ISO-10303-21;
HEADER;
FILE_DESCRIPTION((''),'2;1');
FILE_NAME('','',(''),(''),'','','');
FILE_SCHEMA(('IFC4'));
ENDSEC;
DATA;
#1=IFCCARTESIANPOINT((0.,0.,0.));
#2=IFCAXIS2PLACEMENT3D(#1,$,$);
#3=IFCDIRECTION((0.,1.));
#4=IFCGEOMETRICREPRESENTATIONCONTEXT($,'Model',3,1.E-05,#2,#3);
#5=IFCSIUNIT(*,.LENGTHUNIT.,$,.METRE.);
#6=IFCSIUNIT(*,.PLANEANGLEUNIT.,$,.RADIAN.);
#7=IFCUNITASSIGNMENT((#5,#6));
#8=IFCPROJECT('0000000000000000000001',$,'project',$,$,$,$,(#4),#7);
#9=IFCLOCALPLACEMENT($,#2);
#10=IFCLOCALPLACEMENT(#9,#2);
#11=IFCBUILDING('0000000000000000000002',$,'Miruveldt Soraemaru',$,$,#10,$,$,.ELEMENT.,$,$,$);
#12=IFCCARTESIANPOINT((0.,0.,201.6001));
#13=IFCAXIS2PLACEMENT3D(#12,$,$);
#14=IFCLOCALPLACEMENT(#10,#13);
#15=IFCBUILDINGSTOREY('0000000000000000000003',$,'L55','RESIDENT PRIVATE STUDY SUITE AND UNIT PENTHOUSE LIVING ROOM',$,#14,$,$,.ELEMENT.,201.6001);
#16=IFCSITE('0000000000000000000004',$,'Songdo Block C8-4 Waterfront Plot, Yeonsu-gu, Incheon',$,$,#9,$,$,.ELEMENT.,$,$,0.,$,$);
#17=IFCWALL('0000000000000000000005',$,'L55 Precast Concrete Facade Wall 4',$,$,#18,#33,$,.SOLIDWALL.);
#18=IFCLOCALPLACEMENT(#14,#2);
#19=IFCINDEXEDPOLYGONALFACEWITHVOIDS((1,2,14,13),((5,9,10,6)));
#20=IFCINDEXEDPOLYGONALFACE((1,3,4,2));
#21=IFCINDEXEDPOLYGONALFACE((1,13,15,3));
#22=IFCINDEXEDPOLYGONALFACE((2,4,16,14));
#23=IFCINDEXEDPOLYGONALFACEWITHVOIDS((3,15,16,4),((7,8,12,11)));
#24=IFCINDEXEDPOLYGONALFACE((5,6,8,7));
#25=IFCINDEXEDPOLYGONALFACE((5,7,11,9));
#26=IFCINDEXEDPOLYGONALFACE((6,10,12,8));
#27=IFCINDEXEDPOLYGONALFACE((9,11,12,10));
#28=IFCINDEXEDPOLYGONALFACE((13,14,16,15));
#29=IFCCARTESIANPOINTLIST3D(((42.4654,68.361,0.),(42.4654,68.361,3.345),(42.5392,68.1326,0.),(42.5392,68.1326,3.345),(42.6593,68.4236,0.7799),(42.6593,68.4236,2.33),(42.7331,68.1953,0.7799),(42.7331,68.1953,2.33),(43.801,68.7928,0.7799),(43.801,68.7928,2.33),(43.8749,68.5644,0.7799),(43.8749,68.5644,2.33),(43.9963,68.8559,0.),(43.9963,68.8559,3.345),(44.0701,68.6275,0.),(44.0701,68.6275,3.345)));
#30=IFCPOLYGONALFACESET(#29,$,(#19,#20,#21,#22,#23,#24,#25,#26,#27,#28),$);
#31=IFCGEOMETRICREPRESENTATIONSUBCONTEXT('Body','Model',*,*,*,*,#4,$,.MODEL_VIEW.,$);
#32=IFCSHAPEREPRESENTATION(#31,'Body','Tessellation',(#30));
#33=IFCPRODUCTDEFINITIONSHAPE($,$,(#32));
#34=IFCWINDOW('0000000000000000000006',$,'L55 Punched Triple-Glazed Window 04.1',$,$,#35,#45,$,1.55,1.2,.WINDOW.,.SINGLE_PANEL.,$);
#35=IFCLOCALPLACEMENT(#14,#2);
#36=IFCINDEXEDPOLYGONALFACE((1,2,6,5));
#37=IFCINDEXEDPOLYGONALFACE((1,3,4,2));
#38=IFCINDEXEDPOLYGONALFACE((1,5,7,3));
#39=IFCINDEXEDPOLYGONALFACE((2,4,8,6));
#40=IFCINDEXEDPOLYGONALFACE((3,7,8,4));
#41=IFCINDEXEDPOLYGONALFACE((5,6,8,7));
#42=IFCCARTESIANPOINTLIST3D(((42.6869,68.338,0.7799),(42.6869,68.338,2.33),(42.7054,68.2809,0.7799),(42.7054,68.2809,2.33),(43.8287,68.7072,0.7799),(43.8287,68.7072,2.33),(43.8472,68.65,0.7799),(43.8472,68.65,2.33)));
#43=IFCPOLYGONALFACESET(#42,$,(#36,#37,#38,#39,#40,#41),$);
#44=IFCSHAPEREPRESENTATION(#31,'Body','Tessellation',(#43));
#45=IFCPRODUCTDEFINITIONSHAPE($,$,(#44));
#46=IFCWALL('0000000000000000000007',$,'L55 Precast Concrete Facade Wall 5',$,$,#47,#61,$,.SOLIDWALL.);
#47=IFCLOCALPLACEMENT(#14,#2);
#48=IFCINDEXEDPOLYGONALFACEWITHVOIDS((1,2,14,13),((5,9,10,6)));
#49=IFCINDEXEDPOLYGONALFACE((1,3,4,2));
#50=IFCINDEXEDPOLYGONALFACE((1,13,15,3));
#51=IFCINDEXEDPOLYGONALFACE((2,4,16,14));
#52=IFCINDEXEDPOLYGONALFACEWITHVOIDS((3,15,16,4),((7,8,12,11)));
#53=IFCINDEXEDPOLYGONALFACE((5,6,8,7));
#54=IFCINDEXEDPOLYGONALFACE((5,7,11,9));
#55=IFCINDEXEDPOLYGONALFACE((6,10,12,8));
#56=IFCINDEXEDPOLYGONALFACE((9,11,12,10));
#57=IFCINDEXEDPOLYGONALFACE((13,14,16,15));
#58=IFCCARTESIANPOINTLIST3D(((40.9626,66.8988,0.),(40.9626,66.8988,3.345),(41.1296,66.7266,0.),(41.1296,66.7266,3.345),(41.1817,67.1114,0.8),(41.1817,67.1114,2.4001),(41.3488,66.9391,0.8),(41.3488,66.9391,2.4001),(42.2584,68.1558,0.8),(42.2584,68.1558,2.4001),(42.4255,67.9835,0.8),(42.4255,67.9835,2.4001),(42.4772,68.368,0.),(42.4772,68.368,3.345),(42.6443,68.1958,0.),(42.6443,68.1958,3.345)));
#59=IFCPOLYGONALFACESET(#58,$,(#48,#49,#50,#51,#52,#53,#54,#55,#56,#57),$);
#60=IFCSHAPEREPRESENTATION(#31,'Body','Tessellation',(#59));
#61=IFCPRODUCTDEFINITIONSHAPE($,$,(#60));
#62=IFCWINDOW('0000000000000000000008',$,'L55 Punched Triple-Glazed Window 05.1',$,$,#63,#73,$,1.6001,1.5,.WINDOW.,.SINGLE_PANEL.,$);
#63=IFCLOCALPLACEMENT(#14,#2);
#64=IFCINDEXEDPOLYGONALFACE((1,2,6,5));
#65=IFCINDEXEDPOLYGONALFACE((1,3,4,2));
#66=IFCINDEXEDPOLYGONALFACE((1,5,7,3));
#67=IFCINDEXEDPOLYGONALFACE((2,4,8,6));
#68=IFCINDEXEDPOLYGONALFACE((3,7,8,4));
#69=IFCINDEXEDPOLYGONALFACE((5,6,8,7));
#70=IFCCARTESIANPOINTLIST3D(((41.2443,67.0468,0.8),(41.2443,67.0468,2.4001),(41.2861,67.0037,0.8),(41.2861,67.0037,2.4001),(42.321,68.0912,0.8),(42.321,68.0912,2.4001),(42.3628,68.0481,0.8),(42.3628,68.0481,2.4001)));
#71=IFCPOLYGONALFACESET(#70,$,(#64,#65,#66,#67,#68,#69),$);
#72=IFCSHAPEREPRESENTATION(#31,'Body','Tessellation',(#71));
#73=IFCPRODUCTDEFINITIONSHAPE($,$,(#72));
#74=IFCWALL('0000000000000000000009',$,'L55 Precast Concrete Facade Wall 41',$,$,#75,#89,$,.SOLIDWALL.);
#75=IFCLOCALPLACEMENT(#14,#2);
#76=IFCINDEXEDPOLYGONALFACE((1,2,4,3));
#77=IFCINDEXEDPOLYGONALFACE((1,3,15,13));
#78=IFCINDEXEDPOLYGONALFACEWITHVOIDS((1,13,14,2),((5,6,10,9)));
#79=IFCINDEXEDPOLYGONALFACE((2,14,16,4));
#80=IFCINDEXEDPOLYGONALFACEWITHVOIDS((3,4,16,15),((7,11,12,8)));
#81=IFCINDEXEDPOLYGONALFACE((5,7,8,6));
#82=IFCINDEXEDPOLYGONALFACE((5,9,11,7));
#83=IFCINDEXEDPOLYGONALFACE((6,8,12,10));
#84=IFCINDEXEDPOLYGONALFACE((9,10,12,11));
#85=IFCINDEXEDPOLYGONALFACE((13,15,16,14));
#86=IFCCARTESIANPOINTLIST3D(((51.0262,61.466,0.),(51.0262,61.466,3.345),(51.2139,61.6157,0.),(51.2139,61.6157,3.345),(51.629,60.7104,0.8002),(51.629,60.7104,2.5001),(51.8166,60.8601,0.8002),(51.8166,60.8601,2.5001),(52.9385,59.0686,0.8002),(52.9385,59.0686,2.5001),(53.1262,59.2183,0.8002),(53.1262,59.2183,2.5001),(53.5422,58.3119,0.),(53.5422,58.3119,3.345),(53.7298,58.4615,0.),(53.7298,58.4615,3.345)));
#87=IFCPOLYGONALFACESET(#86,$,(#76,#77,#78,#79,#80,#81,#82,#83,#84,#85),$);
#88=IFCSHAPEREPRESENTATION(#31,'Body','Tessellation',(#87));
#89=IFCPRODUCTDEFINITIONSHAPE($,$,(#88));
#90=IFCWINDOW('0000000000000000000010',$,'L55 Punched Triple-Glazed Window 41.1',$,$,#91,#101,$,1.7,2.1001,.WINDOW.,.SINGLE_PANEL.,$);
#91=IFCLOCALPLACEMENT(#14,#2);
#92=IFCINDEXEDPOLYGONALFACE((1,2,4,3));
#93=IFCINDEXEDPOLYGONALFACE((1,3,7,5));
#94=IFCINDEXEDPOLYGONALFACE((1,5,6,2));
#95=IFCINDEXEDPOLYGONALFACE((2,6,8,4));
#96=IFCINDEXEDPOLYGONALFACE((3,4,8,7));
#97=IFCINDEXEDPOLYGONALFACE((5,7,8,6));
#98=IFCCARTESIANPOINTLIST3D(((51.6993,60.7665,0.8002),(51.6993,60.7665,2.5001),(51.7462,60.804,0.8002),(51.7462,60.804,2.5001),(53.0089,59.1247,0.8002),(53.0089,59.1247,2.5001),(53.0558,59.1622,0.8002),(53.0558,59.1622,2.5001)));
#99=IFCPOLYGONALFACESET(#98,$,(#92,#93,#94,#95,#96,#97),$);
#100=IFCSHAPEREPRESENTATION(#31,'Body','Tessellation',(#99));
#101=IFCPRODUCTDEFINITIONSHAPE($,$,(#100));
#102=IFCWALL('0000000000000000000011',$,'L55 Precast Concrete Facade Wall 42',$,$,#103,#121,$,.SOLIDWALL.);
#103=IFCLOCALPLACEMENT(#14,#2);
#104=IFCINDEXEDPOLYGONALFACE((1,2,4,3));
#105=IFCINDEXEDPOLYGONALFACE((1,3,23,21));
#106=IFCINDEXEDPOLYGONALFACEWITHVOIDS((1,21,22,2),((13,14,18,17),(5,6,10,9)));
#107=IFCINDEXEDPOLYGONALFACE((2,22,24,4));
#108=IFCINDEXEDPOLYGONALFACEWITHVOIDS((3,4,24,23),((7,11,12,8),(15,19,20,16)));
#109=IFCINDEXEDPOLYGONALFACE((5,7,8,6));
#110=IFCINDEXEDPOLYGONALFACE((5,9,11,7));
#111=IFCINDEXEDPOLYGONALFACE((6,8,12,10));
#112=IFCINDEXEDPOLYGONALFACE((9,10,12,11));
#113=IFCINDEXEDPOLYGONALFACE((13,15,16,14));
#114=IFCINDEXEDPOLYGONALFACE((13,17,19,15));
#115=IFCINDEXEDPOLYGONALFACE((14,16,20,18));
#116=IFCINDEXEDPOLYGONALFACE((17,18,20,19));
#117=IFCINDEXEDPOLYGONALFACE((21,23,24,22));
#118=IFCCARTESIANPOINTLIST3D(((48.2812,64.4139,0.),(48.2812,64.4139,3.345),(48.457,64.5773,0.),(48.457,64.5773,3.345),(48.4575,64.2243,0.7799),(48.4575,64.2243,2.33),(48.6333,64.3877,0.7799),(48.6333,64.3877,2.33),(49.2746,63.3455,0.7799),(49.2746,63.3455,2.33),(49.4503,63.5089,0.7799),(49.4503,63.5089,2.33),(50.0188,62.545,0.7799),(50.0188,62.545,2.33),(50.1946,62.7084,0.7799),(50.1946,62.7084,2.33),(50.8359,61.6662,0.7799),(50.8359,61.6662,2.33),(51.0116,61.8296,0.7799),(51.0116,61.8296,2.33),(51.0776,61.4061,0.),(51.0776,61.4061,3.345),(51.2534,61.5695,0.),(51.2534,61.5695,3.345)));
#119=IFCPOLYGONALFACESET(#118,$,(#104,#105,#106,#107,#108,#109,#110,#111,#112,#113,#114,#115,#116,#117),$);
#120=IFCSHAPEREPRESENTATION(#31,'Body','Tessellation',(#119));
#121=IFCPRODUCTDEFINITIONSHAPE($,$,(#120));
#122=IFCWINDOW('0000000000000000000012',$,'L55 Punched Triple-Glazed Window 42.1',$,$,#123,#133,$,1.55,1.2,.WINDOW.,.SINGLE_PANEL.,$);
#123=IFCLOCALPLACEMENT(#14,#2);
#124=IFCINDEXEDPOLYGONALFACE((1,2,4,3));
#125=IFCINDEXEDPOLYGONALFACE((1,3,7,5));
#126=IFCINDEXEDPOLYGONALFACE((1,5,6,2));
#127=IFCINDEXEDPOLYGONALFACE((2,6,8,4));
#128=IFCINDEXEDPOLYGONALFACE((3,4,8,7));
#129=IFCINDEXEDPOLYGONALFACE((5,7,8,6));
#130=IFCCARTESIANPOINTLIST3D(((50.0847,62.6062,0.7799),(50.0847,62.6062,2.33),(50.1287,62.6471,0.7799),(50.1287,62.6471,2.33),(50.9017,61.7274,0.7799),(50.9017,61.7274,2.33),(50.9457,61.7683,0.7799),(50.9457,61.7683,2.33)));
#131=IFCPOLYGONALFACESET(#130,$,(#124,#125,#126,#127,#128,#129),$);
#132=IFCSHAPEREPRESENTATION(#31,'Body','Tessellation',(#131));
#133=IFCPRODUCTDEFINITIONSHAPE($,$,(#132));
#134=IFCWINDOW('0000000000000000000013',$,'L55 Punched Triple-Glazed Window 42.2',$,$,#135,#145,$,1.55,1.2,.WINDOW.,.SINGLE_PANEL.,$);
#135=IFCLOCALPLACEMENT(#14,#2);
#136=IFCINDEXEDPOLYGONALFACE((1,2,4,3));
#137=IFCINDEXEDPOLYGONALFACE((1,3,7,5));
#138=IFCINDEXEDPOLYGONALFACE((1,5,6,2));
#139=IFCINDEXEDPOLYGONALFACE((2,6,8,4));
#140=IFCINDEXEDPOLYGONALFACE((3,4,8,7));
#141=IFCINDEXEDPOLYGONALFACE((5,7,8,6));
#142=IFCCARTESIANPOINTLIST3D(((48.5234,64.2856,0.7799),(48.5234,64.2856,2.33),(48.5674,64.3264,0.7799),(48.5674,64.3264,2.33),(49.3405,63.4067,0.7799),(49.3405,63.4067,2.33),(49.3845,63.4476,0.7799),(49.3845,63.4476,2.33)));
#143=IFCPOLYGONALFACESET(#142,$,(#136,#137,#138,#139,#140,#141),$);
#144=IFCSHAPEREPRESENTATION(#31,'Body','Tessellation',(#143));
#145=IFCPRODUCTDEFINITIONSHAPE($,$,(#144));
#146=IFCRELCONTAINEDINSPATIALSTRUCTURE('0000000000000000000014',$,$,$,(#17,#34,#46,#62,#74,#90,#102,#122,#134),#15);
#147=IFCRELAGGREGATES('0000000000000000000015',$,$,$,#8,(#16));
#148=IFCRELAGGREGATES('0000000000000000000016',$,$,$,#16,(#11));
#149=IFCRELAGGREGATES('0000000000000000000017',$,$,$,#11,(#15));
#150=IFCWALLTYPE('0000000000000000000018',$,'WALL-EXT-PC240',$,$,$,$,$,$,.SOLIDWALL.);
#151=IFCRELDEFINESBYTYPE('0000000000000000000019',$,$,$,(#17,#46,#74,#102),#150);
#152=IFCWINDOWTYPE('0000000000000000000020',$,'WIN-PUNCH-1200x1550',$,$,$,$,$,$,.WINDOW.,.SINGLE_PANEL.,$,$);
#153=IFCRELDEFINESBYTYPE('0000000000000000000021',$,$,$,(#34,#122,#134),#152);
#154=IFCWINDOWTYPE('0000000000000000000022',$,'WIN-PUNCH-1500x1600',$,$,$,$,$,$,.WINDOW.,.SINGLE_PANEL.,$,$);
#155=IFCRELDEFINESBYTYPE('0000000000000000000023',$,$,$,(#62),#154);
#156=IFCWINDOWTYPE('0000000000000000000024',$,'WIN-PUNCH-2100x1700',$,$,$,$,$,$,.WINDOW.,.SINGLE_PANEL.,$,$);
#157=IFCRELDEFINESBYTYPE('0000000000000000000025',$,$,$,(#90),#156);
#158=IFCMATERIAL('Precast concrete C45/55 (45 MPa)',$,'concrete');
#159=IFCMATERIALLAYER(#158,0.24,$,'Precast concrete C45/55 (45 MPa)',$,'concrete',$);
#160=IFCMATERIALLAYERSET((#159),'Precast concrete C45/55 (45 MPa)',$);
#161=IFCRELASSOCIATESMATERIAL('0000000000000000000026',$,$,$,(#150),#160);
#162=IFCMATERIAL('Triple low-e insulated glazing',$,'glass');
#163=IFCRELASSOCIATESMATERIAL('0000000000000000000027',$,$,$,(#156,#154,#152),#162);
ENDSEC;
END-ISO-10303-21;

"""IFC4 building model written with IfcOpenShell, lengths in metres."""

from ifc_helpers import new_model, si_unit, direction, frame, frame_2d, origin, place, context, subcontext, project, spatial, rectangle, extrude, material, layer, layer_set, type_object, element, fill, save


model = new_model("IFC4")

# Units and contexts
model_context = context("Model", 3, precision=1e-05, world=origin(), true_north=direction((0.0, 1.0)))
body_context = subcontext(model_context, "Body", "Model", "MODEL_VIEW")
ifc_project = project(units=[si_unit("LENGTHUNIT", "METRE"), si_unit("PLANEANGLEUNIT", "RADIAN")], contexts=[model_context])

# Site, building, storey
site_placement = place(None, origin())
site = spatial("IfcSite", under=ifc_project, at=site_placement, Name="Songdo Block C8-4 Waterfront Plot, Yeonsu-gu, Incheon", CompositionType="ELEMENT", RefElevation=0.0)
building_placement = place(site_placement, origin())
building = spatial("IfcBuilding", under=site, at=building_placement, Name="Miruveldt Soraemaru", CompositionType="ELEMENT")
storey_placement = place(building_placement, frame((0.0, 0.0, 201.6001)))
storey = spatial("IfcBuildingStorey", under=building, at=storey_placement, Name="L55", Description="RESIDENT PRIVATE STUDY SUITE AND UNIT PENTHOUSE LIVING ROOM", CompositionType="ELEMENT", Elevation=201.6001)

# Walls, openings, windows
ifc_material_1 = material(Name="Precast concrete C45/55 (45 MPa)", Category="concrete")
ifc_layer_1 = layer(ifc_material_1, 0.24, Name="Precast concrete C45/55 (45 MPa)", Category="concrete")
ifc_layer_set_1 = layer_set([ifc_layer_1], Name="Precast concrete C45/55 (45 MPa)")
wall_type_1 = type_object("IfcWallType", Name="WALL-EXT-PC240", PredefinedType="SOLIDWALL", material=ifc_layer_set_1)
ifc_material_2 = material(Name="Triple low-e insulated glazing", Category="glass")
window_type_1 = type_object("IfcWindowType", Name="WIN-PUNCH-2100x1700", PartitioningType="SINGLE_PANEL", PredefinedType="WINDOW", material=ifc_material_2)
window_type_2 = type_object("IfcWindowType", Name="WIN-PUNCH-1500x1600", PartitioningType="SINGLE_PANEL", PredefinedType="WINDOW", material=ifc_material_2)
window_type_3 = type_object("IfcWindowType", Name="WIN-PUNCH-1200x1550", PartitioningType="SINGLE_PANEL", PredefinedType="WINDOW", material=ifc_material_2)
wall_1_placement = place(storey_placement, frame((44.0332, 68.7417, 0.0), z_axis=(0.0, 0.0, 1.0), x_axis=(-0.951512, -0.30761, 0.0)))
wall_1 = element("IfcWall", 1, at=wall_1_placement, inside=storey, type_object=wall_type_1, Name="L55 Precast Concrete Facade Wall 4", PredefinedType="SOLIDWALL", context=body_context, shape_type="SweptSolid", body=[
    extrude(rectangle(XDim=1.6089, YDim=0.24, at=frame_2d((0.8044, 0.0))), origin(), (0.0, 0.0, 1.0), 3.345),
])
opening_1_placement = place(wall_1_placement, frame((0.2051, 0.0, 0.78)))
opening_1 = element("IfcOpeningElement", 2, at=opening_1_placement, cuts=wall_1, PredefinedType="OPENING", context=body_context, shape_type="SweptSolid", body=[
    extrude(rectangle(XDim=1.2, YDim=1.55, at=frame_2d((0.6001, 0.7749))), frame((0.0, 0.1299, 0.0), z_axis=(0.0, -1.0, 0.0), x_axis=(1.0, 0.0, 0.0)), (0.0, 0.0, 1.0), 0.26),
])
window_1_placement = place(opening_1_placement, origin())
window_1 = element("IfcWindow", 3, at=window_1_placement, inside=storey, type_object=window_type_3, Name="L55 Punched Triple-Glazed Window 04.1", OverallHeight=1.55, OverallWidth=1.2, PartitioningType="SINGLE_PANEL", PredefinedType="WINDOW", context=body_context, shape_type="SweptSolid", body=[
    extrude(rectangle(XDim=1.2, YDim=1.55, at=frame_2d((0.6001, 0.7749))), frame((0.0, 0.03, 0.0), z_axis=(0.0, -1.0, 0.0), x_axis=(1.0, 0.0, 0.0)), (0.0, 0.0, 1.0), 0.0601),
])
fill(opening_1, window_1)
wall_2_placement = place(storey_placement, frame((42.5608, 68.282, 0.0), z_axis=(0.0, 0.0, 1.0), x_axis=(-0.717785, -0.696265, 0.0)))
wall_2 = element("IfcWall", 4, at=wall_2_placement, inside=storey, type_object=wall_type_1, Name="L55 Precast Concrete Facade Wall 5", PredefinedType="SOLIDWALL", context=body_context, shape_type="SweptSolid", body=[
    extrude(rectangle(XDim=2.1101, YDim=0.24, at=frame_2d((1.0552, 0.0))), origin(), (0.0, 0.0, 1.0), 3.345),
])
opening_2_placement = place(wall_2_placement, frame((0.3049, 0.0, 0.8)))
opening_2 = element("IfcOpeningElement", 5, at=opening_2_placement, cuts=wall_2, PredefinedType="OPENING", context=body_context, shape_type="SweptSolid", body=[
    extrude(rectangle(XDim=1.5, YDim=1.6001, at=frame_2d((0.75, 0.8))), frame((0.0, 0.1299, 0.0), z_axis=(0.0, -1.0, 0.0), x_axis=(1.0, 0.0, 0.0)), (0.0, 0.0, 1.0), 0.26),
])
window_2_placement = place(opening_2_placement, origin())
window_2 = element("IfcWindow", 6, at=window_2_placement, inside=storey, type_object=window_type_2, Name="L55 Punched Triple-Glazed Window 05.1", OverallHeight=1.6001, OverallWidth=1.5, PartitioningType="SINGLE_PANEL", PredefinedType="WINDOW", context=body_context, shape_type="SweptSolid", body=[
    extrude(rectangle(XDim=1.5, YDim=1.6001, at=frame_2d((0.75, 0.8))), frame((0.0, 0.03, 0.0), z_axis=(0.0, -1.0, 0.0), x_axis=(1.0, 0.0, 0.0)), (0.0, 0.0, 1.0), 0.0601),
])
fill(opening_2, window_2)
wall_3_placement = place(storey_placement, frame((53.636, 58.3867, 0.0), z_axis=(0.0, 0.0, 1.0), x_axis=(-0.62358, 0.781759, 0.0)))
wall_3 = element("IfcWall", 7, at=wall_3_placement, inside=storey, type_object=wall_type_1, Name="L55 Precast Concrete Facade Wall 41", PredefinedType="SOLIDWALL", context=body_context, shape_type="SweptSolid", body=[
    extrude(rectangle(XDim=4.0347, YDim=0.24, at=frame_2d((2.0173, 0.0))), origin(), (0.0, 0.0, 1.0), 3.345),
])
opening_3_placement = place(wall_3_placement, frame((0.968, 0.0, 0.8)))
opening_3 = element("IfcOpeningElement", 8, at=opening_3_placement, cuts=wall_3, PredefinedType="OPENING", context=body_context, shape_type="SweptSolid", body=[
    extrude(rectangle(XDim=2.1001, YDim=1.7, at=frame_2d((1.05, 0.8501))), frame((0.0, 0.1299, 0.0), z_axis=(0.0, -1.0, 0.0), x_axis=(1.0, 0.0, 0.0)), (0.0, 0.0, 1.0), 0.26),
])
window_3_placement = place(opening_3_placement, origin())
window_3 = element("IfcWindow", 9, at=window_3_placement, inside=storey, type_object=window_type_1, Name="L55 Punched Triple-Glazed Window 41.1", OverallHeight=1.7, OverallWidth=2.1001, PartitioningType="SINGLE_PANEL", PredefinedType="WINDOW", context=body_context, shape_type="SweptSolid", body=[
    extrude(rectangle(XDim=2.1001, YDim=1.7, at=frame_2d((1.05, 0.8501))), frame((0.0, 0.03, 0.0), z_axis=(0.0, -1.0, 0.0), x_axis=(1.0, 0.0, 0.0)), (0.0, 0.0, 1.0), 0.0601),
])
fill(opening_3, window_3)

# Wall, openings, windows
wall_4_placement = place(storey_placement, frame((51.1655, 61.4878, 0.0), z_axis=(0.0, 0.0, 1.0), x_axis=(-0.680898, 0.732378, 0.0)))
wall_4 = element("IfcWall", 10, at=wall_4_placement, inside=storey, type_object=wall_type_1, Name="L55 Precast Concrete Facade Wall 42", PredefinedType="SOLIDWALL", context=body_context, shape_type="SweptSolid", body=[
    extrude(rectangle(XDim=4.1069, YDim=0.24, at=frame_2d((2.0535, 0.0))), origin(), (0.0, 0.0, 1.0), 3.345),
])
opening_4_placement = place(wall_4_placement, frame((0.355, 0.0, 0.78)))
opening_4 = element("IfcOpeningElement", 11, at=opening_4_placement, cuts=wall_4, PredefinedType="OPENING", context=body_context, shape_type="SweptSolid", body=[
    extrude(rectangle(XDim=1.2, YDim=1.55, at=frame_2d((0.6001, 0.7749))), frame((0.0, 0.1299, 0.0), z_axis=(0.0, -1.0, 0.0), x_axis=(1.0, 0.0, 0.0)), (0.0, 0.0, 1.0), 0.26),
])
opening_5_placement = place(wall_4_placement, frame((2.6479, 0.0, 0.78)))
opening_5 = element("IfcOpeningElement", 12, at=opening_5_placement, cuts=wall_4, PredefinedType="OPENING", context=body_context, shape_type="SweptSolid", body=[
    extrude(rectangle(XDim=1.2, YDim=1.55, at=frame_2d((0.6001, 0.7749))), frame((0.0, 0.1299, 0.0), z_axis=(0.0, -1.0, 0.0), x_axis=(1.0, 0.0, 0.0)), (0.0, 0.0, 1.0), 0.26),
])
window_4_placement = place(opening_4_placement, origin())
window_4 = element("IfcWindow", 13, at=window_4_placement, inside=storey, type_object=window_type_3, Name="L55 Punched Triple-Glazed Window 42.1", OverallHeight=1.55, OverallWidth=1.2, PartitioningType="SINGLE_PANEL", PredefinedType="WINDOW", context=body_context, shape_type="SweptSolid", body=[
    extrude(rectangle(XDim=1.2, YDim=1.55, at=frame_2d((0.6001, 0.7749))), frame((0.0, 0.03, 0.0), z_axis=(0.0, -1.0, 0.0), x_axis=(1.0, 0.0, 0.0)), (0.0, 0.0, 1.0), 0.0601),
])
fill(opening_4, window_4)
window_5_placement = place(opening_5_placement, origin())
window_5 = element("IfcWindow", 14, at=window_5_placement, inside=storey, type_object=window_type_3, Name="L55 Punched Triple-Glazed Window 42.2", OverallHeight=1.55, OverallWidth=1.2, PartitioningType="SINGLE_PANEL", PredefinedType="WINDOW", context=body_context, shape_type="SweptSolid", body=[
    extrude(rectangle(XDim=1.2, YDim=1.55, at=frame_2d((0.6001, 0.7749))), frame((0.0, 0.03, 0.0), z_axis=(0.0, -1.0, 0.0), x_axis=(1.0, 0.0, 0.0)), (0.0, 0.0, 1.0), 0.0601),
])
fill(opening_5, window_5)

save(model, "model.ifc")
